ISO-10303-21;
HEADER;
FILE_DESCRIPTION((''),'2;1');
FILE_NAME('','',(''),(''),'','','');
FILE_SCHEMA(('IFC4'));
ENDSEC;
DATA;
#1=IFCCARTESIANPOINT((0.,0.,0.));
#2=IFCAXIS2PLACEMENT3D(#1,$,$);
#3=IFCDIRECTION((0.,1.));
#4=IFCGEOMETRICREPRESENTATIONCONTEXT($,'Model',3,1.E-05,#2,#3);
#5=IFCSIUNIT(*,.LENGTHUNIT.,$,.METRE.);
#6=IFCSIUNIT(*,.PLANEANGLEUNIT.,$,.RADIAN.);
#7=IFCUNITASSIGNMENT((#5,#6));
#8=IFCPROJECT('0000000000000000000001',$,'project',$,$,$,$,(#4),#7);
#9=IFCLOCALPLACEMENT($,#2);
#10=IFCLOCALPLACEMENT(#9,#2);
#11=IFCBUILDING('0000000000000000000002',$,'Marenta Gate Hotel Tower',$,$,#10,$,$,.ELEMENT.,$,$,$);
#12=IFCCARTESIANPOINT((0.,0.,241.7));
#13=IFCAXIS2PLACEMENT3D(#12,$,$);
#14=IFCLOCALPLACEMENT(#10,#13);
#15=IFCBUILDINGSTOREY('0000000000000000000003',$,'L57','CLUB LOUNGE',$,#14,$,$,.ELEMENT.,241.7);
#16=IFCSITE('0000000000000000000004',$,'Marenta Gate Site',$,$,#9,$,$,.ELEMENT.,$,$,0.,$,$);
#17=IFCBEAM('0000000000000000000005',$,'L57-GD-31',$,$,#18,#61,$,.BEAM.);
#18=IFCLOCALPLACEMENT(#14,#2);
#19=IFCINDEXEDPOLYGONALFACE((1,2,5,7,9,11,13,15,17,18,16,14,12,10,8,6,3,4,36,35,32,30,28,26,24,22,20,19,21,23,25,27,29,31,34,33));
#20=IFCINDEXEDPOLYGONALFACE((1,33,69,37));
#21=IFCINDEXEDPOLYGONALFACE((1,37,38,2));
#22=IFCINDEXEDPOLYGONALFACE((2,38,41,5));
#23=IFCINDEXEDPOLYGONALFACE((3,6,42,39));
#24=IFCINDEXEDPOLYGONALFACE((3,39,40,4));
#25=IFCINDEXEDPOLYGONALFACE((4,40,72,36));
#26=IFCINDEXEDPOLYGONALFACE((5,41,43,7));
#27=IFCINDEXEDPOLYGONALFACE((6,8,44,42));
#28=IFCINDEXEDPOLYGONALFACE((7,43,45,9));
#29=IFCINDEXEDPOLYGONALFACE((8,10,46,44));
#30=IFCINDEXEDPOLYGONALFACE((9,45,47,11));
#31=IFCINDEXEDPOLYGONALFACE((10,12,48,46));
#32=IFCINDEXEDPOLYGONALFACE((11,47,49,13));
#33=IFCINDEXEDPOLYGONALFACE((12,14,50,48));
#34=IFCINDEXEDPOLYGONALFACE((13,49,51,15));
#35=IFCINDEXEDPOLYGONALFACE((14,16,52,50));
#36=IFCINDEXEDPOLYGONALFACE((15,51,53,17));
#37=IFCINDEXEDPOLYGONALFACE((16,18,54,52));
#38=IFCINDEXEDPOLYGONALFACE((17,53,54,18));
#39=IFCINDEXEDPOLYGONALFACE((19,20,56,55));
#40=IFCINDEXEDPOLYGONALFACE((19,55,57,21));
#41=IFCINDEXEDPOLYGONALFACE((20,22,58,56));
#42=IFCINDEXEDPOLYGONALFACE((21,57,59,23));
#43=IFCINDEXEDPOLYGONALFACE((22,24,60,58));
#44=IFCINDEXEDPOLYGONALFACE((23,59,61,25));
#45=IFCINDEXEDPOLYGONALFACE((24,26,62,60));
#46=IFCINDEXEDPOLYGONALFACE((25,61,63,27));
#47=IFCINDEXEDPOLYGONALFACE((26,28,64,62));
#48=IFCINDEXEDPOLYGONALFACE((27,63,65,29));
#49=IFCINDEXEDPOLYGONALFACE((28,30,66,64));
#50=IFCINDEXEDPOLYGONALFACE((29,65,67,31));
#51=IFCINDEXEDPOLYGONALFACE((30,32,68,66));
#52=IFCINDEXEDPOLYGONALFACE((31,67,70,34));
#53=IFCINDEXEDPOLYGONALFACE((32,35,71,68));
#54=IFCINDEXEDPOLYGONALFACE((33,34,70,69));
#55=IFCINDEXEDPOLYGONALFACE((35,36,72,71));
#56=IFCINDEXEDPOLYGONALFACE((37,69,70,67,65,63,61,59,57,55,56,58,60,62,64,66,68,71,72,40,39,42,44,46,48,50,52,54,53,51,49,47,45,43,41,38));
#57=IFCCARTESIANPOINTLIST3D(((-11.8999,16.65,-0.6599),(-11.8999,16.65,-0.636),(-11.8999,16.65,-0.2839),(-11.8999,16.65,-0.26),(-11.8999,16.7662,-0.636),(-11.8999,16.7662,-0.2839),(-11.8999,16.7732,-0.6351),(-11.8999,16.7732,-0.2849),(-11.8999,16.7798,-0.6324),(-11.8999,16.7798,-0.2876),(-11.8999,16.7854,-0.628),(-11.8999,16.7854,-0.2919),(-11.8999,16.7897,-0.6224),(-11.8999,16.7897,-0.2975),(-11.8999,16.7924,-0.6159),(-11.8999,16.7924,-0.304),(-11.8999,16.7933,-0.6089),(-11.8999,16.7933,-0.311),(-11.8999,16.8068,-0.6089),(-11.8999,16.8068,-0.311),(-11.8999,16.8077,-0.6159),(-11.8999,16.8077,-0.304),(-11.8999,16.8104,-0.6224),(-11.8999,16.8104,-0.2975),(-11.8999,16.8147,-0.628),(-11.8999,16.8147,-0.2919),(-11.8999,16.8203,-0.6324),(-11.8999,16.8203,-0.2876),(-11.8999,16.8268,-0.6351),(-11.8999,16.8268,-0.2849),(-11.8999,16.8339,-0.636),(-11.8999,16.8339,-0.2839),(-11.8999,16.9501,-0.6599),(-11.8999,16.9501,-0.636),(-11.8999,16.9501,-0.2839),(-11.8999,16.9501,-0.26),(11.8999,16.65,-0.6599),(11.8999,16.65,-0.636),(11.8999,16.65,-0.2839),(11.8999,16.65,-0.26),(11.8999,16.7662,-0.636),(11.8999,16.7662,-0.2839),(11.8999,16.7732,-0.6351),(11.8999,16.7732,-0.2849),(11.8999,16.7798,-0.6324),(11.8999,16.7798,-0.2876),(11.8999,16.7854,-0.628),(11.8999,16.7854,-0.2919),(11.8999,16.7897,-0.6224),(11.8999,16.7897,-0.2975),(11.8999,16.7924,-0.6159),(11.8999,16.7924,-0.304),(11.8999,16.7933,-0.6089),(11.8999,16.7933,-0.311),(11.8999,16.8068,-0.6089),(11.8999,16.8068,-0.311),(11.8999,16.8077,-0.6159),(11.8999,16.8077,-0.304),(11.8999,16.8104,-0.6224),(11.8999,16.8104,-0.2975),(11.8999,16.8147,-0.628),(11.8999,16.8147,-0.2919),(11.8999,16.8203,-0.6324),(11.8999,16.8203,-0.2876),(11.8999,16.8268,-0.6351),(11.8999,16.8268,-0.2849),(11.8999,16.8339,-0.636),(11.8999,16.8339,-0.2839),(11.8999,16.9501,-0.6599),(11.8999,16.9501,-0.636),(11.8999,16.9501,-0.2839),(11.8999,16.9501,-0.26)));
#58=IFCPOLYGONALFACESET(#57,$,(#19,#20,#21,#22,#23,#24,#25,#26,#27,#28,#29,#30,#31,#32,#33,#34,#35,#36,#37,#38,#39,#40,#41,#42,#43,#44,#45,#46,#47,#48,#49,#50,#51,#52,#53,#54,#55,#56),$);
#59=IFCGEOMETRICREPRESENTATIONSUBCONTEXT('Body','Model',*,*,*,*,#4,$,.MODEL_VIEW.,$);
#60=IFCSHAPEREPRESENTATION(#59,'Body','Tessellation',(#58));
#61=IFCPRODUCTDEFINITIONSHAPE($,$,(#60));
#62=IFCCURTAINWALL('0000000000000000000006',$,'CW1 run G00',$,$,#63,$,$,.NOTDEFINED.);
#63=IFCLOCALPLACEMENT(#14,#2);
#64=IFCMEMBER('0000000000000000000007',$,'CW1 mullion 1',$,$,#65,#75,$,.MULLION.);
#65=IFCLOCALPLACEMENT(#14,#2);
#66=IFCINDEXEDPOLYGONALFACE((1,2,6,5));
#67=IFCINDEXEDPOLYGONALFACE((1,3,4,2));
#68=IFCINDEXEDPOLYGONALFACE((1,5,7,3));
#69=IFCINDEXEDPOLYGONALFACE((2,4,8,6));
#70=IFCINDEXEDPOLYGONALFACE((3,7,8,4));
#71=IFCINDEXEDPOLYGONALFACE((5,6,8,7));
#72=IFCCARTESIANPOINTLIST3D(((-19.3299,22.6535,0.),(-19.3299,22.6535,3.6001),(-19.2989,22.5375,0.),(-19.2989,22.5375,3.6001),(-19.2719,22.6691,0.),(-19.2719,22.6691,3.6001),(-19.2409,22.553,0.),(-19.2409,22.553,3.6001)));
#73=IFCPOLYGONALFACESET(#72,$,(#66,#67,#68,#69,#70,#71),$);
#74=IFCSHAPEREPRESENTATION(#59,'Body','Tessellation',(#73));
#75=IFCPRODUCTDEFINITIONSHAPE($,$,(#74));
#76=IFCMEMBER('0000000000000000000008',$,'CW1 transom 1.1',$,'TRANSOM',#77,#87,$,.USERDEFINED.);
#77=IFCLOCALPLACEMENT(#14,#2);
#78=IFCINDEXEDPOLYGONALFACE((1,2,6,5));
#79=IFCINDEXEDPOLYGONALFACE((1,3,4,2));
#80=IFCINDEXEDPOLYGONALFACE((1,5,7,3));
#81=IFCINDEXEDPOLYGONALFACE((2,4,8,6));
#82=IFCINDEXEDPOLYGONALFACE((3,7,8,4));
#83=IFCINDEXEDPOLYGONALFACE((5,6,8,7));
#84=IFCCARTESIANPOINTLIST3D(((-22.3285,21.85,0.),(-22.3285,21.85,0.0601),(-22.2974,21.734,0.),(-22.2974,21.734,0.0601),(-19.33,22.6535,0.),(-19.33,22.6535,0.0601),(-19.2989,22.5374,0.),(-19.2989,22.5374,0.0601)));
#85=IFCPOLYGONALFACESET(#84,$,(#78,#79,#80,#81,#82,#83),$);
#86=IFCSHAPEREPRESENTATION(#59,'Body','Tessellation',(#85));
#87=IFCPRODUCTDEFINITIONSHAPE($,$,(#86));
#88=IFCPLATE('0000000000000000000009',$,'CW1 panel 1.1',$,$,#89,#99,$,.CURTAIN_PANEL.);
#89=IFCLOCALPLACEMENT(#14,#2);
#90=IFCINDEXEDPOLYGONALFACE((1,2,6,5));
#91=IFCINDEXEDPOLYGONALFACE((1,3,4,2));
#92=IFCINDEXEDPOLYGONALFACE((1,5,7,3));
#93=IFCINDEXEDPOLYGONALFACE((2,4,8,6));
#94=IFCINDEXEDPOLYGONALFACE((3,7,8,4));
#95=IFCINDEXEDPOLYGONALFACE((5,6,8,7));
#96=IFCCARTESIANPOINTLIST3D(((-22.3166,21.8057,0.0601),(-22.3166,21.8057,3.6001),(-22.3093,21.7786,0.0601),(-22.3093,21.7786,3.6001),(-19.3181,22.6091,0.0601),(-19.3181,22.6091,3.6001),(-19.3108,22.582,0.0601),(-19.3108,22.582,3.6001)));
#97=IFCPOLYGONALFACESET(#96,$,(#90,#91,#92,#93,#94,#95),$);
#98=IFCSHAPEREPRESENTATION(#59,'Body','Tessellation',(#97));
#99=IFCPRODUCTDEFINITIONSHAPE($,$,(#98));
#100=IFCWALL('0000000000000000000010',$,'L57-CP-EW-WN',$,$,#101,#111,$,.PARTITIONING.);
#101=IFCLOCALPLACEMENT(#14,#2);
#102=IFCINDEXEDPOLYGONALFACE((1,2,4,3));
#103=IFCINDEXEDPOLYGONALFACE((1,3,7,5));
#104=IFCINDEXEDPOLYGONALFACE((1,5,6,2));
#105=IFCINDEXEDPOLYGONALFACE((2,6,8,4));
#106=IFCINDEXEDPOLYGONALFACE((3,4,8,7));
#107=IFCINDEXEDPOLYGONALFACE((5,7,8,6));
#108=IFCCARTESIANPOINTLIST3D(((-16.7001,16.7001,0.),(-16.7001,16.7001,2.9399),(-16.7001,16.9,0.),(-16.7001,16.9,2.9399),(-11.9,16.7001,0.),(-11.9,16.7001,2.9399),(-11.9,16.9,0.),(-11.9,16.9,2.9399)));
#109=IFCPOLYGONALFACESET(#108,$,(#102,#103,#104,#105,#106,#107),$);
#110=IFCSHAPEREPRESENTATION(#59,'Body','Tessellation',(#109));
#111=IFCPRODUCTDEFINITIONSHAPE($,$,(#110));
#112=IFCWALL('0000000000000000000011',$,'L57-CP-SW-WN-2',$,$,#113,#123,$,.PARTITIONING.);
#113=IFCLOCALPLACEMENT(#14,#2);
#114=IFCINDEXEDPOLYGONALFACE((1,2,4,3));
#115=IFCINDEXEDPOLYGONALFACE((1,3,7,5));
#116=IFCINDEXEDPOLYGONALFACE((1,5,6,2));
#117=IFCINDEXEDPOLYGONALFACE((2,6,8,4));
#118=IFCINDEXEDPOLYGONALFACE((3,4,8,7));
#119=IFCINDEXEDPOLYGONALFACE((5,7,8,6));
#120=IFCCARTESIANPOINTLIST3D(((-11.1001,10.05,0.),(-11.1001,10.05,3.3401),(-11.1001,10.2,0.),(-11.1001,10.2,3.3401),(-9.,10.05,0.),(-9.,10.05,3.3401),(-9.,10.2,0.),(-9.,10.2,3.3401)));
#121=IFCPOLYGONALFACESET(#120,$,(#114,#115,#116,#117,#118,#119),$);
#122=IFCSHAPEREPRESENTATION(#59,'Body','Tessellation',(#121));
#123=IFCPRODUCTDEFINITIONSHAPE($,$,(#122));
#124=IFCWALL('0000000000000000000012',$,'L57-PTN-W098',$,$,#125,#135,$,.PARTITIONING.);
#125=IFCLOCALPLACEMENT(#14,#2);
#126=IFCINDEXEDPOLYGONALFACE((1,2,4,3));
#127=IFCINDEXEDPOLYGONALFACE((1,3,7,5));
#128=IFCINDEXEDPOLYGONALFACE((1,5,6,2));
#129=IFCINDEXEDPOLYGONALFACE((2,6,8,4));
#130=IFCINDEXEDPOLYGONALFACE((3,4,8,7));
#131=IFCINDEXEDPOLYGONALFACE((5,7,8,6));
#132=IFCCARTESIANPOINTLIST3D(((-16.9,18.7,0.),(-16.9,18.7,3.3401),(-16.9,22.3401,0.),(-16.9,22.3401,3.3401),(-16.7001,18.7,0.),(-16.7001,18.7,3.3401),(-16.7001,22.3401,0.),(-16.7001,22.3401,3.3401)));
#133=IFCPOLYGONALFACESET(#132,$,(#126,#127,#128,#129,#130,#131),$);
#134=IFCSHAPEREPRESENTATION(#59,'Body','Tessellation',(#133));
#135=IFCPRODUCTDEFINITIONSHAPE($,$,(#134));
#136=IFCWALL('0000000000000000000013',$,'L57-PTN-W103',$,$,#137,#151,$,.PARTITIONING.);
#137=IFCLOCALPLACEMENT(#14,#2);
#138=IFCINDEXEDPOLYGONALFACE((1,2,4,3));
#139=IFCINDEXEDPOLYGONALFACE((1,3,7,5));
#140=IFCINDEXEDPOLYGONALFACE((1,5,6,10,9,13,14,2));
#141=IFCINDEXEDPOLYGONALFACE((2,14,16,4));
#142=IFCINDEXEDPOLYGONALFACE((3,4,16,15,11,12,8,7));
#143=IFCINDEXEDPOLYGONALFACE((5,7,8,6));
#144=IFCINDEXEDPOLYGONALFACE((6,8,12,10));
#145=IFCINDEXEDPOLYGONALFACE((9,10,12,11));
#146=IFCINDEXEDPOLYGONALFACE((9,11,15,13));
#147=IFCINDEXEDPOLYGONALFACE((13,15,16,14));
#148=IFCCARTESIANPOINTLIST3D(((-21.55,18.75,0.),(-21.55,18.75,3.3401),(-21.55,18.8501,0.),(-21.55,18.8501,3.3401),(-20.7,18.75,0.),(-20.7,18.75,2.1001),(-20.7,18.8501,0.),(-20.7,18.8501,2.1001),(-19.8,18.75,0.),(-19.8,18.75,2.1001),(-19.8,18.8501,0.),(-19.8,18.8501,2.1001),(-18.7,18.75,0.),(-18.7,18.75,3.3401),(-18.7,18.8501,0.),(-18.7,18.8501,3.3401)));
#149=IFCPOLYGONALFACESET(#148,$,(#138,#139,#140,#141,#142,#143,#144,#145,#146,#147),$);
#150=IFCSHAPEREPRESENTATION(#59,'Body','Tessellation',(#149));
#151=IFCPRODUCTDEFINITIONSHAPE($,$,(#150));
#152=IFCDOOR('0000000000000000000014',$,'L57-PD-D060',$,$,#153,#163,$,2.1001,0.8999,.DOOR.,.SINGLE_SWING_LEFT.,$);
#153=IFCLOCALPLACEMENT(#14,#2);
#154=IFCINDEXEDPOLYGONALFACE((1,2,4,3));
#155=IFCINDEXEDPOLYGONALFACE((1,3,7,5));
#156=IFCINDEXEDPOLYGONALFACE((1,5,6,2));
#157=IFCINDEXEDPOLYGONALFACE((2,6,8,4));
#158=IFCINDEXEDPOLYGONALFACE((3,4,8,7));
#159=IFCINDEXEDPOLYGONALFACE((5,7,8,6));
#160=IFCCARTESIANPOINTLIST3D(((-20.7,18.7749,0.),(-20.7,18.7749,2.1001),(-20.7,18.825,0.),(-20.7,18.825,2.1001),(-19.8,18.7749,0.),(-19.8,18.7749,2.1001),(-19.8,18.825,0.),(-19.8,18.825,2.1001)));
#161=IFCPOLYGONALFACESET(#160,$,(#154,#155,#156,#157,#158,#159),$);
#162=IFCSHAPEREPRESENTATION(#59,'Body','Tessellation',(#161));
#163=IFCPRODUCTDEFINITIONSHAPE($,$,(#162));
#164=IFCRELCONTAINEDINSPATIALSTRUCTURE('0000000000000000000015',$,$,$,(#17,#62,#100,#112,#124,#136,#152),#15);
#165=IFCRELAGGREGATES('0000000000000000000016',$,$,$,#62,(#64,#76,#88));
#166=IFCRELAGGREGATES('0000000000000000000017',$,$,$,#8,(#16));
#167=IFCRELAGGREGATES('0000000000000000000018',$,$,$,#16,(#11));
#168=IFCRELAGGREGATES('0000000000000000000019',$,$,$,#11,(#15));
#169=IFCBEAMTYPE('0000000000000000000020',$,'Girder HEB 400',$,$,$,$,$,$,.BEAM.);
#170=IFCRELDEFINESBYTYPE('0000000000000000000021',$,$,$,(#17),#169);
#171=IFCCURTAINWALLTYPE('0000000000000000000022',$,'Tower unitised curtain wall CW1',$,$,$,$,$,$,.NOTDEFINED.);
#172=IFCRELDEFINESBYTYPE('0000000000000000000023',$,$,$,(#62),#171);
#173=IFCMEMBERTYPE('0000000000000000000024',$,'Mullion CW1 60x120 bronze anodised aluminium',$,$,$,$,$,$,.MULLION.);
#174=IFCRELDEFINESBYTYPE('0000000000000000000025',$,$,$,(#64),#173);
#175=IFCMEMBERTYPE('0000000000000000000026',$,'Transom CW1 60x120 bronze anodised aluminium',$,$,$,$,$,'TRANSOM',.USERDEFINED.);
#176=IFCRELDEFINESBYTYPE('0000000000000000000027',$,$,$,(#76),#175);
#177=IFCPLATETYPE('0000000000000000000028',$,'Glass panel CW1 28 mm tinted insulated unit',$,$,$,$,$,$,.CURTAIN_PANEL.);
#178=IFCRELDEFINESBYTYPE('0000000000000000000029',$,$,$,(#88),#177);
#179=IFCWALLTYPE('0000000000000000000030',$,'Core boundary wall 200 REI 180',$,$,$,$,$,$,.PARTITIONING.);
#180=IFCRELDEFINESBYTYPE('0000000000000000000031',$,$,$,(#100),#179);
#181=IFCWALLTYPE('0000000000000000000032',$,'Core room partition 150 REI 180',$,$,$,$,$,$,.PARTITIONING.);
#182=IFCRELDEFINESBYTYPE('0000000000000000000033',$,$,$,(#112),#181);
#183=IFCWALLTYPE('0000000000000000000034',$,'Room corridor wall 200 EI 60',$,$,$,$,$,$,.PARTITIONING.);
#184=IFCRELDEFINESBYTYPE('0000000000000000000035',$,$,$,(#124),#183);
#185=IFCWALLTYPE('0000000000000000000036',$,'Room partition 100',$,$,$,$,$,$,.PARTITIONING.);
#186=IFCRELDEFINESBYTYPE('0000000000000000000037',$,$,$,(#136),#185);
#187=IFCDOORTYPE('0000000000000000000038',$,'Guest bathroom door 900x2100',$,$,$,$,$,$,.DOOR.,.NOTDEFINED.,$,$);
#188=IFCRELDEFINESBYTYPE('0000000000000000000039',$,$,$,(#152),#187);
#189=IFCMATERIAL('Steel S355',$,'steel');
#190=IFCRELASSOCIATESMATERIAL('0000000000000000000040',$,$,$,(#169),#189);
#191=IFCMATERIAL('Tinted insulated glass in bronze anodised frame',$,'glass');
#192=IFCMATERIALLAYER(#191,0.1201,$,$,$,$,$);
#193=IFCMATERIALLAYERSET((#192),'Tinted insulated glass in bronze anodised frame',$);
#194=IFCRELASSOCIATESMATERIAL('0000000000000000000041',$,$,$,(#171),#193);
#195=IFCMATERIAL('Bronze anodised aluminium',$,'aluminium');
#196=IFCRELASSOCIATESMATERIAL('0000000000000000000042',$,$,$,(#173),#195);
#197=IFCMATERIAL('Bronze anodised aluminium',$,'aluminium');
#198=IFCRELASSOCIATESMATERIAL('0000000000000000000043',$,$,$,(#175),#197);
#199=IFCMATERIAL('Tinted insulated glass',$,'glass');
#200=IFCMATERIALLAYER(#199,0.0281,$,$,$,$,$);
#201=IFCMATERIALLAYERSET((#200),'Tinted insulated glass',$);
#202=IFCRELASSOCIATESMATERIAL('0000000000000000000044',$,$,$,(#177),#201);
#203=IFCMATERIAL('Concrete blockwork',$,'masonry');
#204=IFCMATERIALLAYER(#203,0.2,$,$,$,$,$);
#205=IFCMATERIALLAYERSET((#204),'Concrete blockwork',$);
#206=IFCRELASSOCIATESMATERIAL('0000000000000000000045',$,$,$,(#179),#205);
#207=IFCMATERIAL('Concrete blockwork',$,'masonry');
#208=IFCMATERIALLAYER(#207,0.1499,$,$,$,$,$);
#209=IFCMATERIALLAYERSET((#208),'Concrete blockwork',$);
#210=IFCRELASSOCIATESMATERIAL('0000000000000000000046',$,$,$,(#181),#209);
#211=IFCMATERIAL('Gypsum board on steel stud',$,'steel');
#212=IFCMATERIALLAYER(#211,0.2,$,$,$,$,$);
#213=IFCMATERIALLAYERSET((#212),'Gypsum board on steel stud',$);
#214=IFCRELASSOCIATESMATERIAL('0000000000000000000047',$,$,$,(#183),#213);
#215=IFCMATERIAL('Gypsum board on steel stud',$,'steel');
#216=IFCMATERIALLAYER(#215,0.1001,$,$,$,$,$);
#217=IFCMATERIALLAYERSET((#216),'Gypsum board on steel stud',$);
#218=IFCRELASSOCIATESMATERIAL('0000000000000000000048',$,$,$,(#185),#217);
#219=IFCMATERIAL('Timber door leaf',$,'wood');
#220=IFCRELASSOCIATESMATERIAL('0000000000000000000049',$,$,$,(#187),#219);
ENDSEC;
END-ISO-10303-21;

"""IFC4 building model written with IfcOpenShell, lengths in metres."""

from ifc_helpers import new_model, si_unit, direction, frame, frame_2d, origin, origin_2d, place, context, subcontext, project, spatial, rectangle, i_section, extrude, material, layer, layer_set, material_profile, profile_set, type_object, element, fill, aggregate, save


model = new_model("IFC4")

# Units and contexts
model_context = context("Model", 3, precision=1e-05, world=origin(), true_north=direction((0.0, 1.0)))
body_context = subcontext(model_context, "Body", "Model", "MODEL_VIEW")
ifc_project = project(units=[si_unit("LENGTHUNIT", "METRE"), si_unit("PLANEANGLEUNIT", "RADIAN")], contexts=[model_context])

# Site, building, storey
site_placement = place(None, origin())
site = spatial("IfcSite", under=ifc_project, at=site_placement, Name="Marenta Gate Site", CompositionType="ELEMENT", RefElevation=0.0)
building_placement = place(site_placement, origin())
building = spatial("IfcBuilding", under=site, at=building_placement, Name="Marenta Gate Hotel Tower", CompositionType="ELEMENT")
storey_placement = place(building_placement, frame((0.0, 0.0, 241.7)))
storey = spatial("IfcBuildingStorey", under=building, at=storey_placement, Name="L57", Description="CLUB LOUNGE", CompositionType="ELEMENT", Elevation=241.7)

# Beam
ifc_material_1 = material(Name="Steel S355", Category="steel")
ifc_material_profile_1 = material_profile(ifc_material_1, i_section(OverallWidth=0.3, OverallDepth=0.3999, WebThickness=0.0134, FlangeThickness=0.0239, FilletRadius=0.0271, at=origin_2d()), Name="HEB 400")
ifc_profile_set_1 = profile_set([ifc_material_profile_1], Name="Steel S355")
beam_type_1 = type_object("IfcBeamType", Name="Girder HEB 400", PredefinedType="BEAM", material=ifc_profile_set_1)
beam_1_placement = place(storey_placement, frame((-11.8999, 16.8, -0.46), z_axis=(1.0, 0.0, 0.0), x_axis=(0.0, 1.0, 0.0)))
element("IfcBeam", 1, at=beam_1_placement, inside=storey, type_object=beam_type_1, Name="L57-GD-31", PredefinedType="BEAM", context=body_context, shape_type="SweptSolid", body=[
    extrude(i_section(OverallWidth=0.3, OverallDepth=0.3999, WebThickness=0.0134, FlangeThickness=0.0239, FilletRadius=0.0271, at=origin_2d()), origin(), (0.0, 0.0, 1.0), 23.7998),
])

# Curtain wall, members, plate
ifc_material_2 = material(Name="Tinted insulated glass in bronze anodised frame", Category="glass")
ifc_layer_1 = layer(ifc_material_2, 0.1201)
ifc_layer_set_1 = layer_set([ifc_layer_1], Name="Tinted insulated glass in bronze anodised frame")
curtain_wall_type = type_object("IfcCurtainWallType", Name="Tower unitised curtain wall CW1", PredefinedType="NOTDEFINED", material=ifc_layer_set_1)
curtain_wall_placement = place(storey_placement, origin())
curtain_wall = element("IfcCurtainWall", 2, at=curtain_wall_placement, inside=storey, type_object=curtain_wall_type, Name="CW1 run G00", PredefinedType="NOTDEFINED")
ifc_material_3 = material(Name="Bronze anodised aluminium", Category="aluminium")
ifc_material_profile_2 = material_profile(ifc_material_3, rectangle(XDim=0.1201, YDim=0.0601, at=origin_2d()), Name="Mullion CW1 60x120 bronze anodised aluminium")
ifc_profile_set_2 = profile_set([ifc_material_profile_2], Name="Bronze anodised aluminium")
member_type_1 = type_object("IfcMemberType", Name="Mullion CW1 60x120 bronze anodised aluminium", PredefinedType="MULLION", material=ifc_profile_set_2)
member_1_placement = place(storey_placement, frame((-19.2854, 22.6033, 0.0), z_axis=(0.0, 0.0, 1.0), x_axis=(0.258801, -0.965931, 0.0)))
member_1 = element("IfcMember", 3, at=member_1_placement, type_object=member_type_1, Name="CW1 mullion 1", PredefinedType="MULLION", context=body_context, shape_type="SweptSolid", body=[
    extrude(rectangle(XDim=0.1201, YDim=0.0601, at=origin_2d()), origin(), (0.0, 0.0, 1.0), 3.6001),
])
ifc_material_4 = material(Name="Bronze anodised aluminium", Category="aluminium")
ifc_material_profile_3 = material_profile(ifc_material_4, rectangle(XDim=0.1201, YDim=0.0601, at=origin_2d()), Name="Transom CW1 60x120 bronze anodised aluminium")
ifc_profile_set_3 = profile_set([ifc_material_profile_3], Name="Bronze anodised aluminium")
member_type_2 = type_object("IfcMemberType", Name="Transom CW1 60x120 bronze anodised aluminium", ElementType="TRANSOM", PredefinedType="USERDEFINED", material=ifc_profile_set_3)
member_2_placement = place(storey_placement, frame((-19.3145, 22.5955, 0.03), z_axis=(-0.965925, -0.258823, 0.0), x_axis=(0.258823, -0.965925, 0.0)))
member_2 = element("IfcMember", 4, at=member_2_placement, type_object=member_type_2, Name="CW1 transom 1.1", ObjectType="TRANSOM", PredefinedType="USERDEFINED", context=body_context, shape_type="SweptSolid", body=[
    extrude(rectangle(XDim=0.1201, YDim=0.0601, at=origin_2d()), origin(), (0.0, 0.0, 1.0), 3.1042),
])
ifc_material_5 = material(Name="Tinted insulated glass", Category="glass")
ifc_layer_2 = layer(ifc_material_5, 0.0281)
ifc_layer_set_2 = layer_set([ifc_layer_2], Name="Tinted insulated glass")
plate_type = type_object("IfcPlateType", Name="Glass panel CW1 28 mm tinted insulated unit", PredefinedType="CURTAIN_PANEL", material=ifc_layer_set_2)
plate_placement = place(storey_placement, frame((-20.8137, 22.1938, 0.0601), z_axis=(0.0, 0.0, 1.0), x_axis=(-0.965931, -0.258801, 0.0)))
plate = element("IfcPlate", 5, at=plate_placement, type_object=plate_type, Name="CW1 panel 1.1", PredefinedType="CURTAIN_PANEL", context=body_context, shape_type="SweptSolid", body=[
    extrude(rectangle(XDim=3.1042, YDim=0.0281, at=origin_2d()), origin(), (0.0, 0.0, 1.0), 3.54),
])
aggregate(curtain_wall, [member_1, member_2, plate])

# Walls
ifc_material_6 = material(Name="Concrete blockwork", Category="masonry")
ifc_layer_3 = layer(ifc_material_6, 0.2)
ifc_layer_set_3 = layer_set([ifc_layer_3], Name="Concrete blockwork")
wall_type_1 = type_object("IfcWallType", Name="Core boundary wall 200 REI 180", PredefinedType="PARTITIONING", material=ifc_layer_set_3)
wall_1_placement = place(storey_placement, frame((-16.7, 16.8, 0.0), z_axis=(0.0, 0.0, 1.0), x_axis=(1.0, 0.0, 0.0)))
element("IfcWall", 6, at=wall_1_placement, inside=storey, type_object=wall_type_1, Name="L57-CP-EW-WN", PredefinedType="PARTITIONING", context=body_context, shape_type="SweptSolid", body=[
    extrude(rectangle(XDim=4.8, YDim=0.2, at=frame_2d((2.3999, 0.0))), origin(), (0.0, 0.0, 1.0), 2.9399),
])
ifc_material_7 = material(Name="Concrete blockwork", Category="masonry")
ifc_layer_4 = layer(ifc_material_7, 0.1499)
ifc_layer_set_4 = layer_set([ifc_layer_4], Name="Concrete blockwork")
wall_type_2 = type_object("IfcWallType", Name="Core room partition 150 REI 180", PredefinedType="PARTITIONING", material=ifc_layer_set_4)
wall_2_placement = place(storey_placement, frame((-11.1001, 10.125, 0.0), z_axis=(0.0, 0.0, 1.0), x_axis=(1.0, 0.0, 0.0)))
element("IfcWall", 7, at=wall_2_placement, inside=storey, type_object=wall_type_2, Name="L57-CP-SW-WN-2", PredefinedType="PARTITIONING", context=body_context, shape_type="SweptSolid", body=[
    extrude(rectangle(XDim=2.1001, YDim=0.1499, at=frame_2d((1.05, 0.0))), origin(), (0.0, 0.0, 1.0), 3.3401),
])
ifc_material_8 = material(Name="Gypsum board on steel stud", Category="steel")
ifc_layer_5 = layer(ifc_material_8, 0.2)
ifc_layer_set_5 = layer_set([ifc_layer_5], Name="Gypsum board on steel stud")
wall_type_3 = type_object("IfcWallType", Name="Room corridor wall 200 EI 60", PredefinedType="PARTITIONING", material=ifc_layer_set_5)
wall_3_placement = place(storey_placement, frame((-16.8, 18.7, 0.0), z_axis=(0.0, 0.0, 1.0), x_axis=(0.0, 1.0, 0.0)))
element("IfcWall", 8, at=wall_3_placement, inside=storey, type_object=wall_type_3, Name="L57-PTN-W098", PredefinedType="PARTITIONING", context=body_context, shape_type="SweptSolid", body=[
    extrude(rectangle(XDim=3.6401, YDim=0.2, at=frame_2d((1.8201, 0.0))), origin(), (0.0, 0.0, 1.0), 3.3401),
])

# Wall, opening, door
ifc_material_9 = material(Name="Gypsum board on steel stud", Category="steel")
ifc_layer_6 = layer(ifc_material_9, 0.1001)
ifc_layer_set_6 = layer_set([ifc_layer_6], Name="Gypsum board on steel stud")
wall_type_4 = type_object("IfcWallType", Name="Room partition 100", PredefinedType="PARTITIONING", material=ifc_layer_set_6)
wall_4_placement = place(storey_placement, frame((-21.55, 18.8, 0.0), z_axis=(0.0, 0.0, 1.0), x_axis=(1.0, 0.0, 0.0)))
wall_4 = element("IfcWall", 9, at=wall_4_placement, inside=storey, type_object=wall_type_4, Name="L57-PTN-W103", PredefinedType="PARTITIONING", context=body_context, shape_type="SweptSolid", body=[
    extrude(rectangle(XDim=2.8501, YDim=0.1001, at=frame_2d((1.425, 0.0))), origin(), (0.0, 0.0, 1.0), 3.3401),
])
opening_1_placement = place(wall_4_placement, frame((0.8501, 0.0, 0.0)))
opening_1 = element("IfcOpeningElement", 10, at=opening_1_placement, cuts=wall_4, PredefinedType="OPENING", context=body_context, shape_type="SweptSolid", body=[
    extrude(rectangle(XDim=0.8999, YDim=2.1001, at=frame_2d((0.45, 1.05))), frame((0.0, 0.05, 0.0), z_axis=(0.0, -1.0, 0.0), x_axis=(1.0, 0.0, 0.0)), (0.0, 0.0, 1.0), 0.1001),
])
ifc_material_10 = material(Name="Timber door leaf", Category="wood")
door_type_1 = type_object("IfcDoorType", Name="Guest bathroom door 900x2100", OperationType="NOTDEFINED", PredefinedType="DOOR", material=ifc_material_10)
door_1_placement = place(opening_1_placement, origin())
door_1 = element("IfcDoor", 11, at=door_1_placement, inside=storey, type_object=door_type_1, Name="L57-PD-D060", OperationType="SINGLE_SWING_LEFT", OverallHeight=2.1001, OverallWidth=0.8999, PredefinedType="DOOR", context=body_context, shape_type="SweptSolid", body=[
    extrude(rectangle(XDim=0.8999, YDim=2.1001, at=frame_2d((0.45, 1.05))), frame((0.0, 0.0249, 0.0), z_axis=(0.0, -1.0, 0.0), x_axis=(1.0, 0.0, 0.0)), (0.0, 0.0, 1.0), 0.05),
])
fill(opening_1, door_1)

save(model, "model.ifc")
